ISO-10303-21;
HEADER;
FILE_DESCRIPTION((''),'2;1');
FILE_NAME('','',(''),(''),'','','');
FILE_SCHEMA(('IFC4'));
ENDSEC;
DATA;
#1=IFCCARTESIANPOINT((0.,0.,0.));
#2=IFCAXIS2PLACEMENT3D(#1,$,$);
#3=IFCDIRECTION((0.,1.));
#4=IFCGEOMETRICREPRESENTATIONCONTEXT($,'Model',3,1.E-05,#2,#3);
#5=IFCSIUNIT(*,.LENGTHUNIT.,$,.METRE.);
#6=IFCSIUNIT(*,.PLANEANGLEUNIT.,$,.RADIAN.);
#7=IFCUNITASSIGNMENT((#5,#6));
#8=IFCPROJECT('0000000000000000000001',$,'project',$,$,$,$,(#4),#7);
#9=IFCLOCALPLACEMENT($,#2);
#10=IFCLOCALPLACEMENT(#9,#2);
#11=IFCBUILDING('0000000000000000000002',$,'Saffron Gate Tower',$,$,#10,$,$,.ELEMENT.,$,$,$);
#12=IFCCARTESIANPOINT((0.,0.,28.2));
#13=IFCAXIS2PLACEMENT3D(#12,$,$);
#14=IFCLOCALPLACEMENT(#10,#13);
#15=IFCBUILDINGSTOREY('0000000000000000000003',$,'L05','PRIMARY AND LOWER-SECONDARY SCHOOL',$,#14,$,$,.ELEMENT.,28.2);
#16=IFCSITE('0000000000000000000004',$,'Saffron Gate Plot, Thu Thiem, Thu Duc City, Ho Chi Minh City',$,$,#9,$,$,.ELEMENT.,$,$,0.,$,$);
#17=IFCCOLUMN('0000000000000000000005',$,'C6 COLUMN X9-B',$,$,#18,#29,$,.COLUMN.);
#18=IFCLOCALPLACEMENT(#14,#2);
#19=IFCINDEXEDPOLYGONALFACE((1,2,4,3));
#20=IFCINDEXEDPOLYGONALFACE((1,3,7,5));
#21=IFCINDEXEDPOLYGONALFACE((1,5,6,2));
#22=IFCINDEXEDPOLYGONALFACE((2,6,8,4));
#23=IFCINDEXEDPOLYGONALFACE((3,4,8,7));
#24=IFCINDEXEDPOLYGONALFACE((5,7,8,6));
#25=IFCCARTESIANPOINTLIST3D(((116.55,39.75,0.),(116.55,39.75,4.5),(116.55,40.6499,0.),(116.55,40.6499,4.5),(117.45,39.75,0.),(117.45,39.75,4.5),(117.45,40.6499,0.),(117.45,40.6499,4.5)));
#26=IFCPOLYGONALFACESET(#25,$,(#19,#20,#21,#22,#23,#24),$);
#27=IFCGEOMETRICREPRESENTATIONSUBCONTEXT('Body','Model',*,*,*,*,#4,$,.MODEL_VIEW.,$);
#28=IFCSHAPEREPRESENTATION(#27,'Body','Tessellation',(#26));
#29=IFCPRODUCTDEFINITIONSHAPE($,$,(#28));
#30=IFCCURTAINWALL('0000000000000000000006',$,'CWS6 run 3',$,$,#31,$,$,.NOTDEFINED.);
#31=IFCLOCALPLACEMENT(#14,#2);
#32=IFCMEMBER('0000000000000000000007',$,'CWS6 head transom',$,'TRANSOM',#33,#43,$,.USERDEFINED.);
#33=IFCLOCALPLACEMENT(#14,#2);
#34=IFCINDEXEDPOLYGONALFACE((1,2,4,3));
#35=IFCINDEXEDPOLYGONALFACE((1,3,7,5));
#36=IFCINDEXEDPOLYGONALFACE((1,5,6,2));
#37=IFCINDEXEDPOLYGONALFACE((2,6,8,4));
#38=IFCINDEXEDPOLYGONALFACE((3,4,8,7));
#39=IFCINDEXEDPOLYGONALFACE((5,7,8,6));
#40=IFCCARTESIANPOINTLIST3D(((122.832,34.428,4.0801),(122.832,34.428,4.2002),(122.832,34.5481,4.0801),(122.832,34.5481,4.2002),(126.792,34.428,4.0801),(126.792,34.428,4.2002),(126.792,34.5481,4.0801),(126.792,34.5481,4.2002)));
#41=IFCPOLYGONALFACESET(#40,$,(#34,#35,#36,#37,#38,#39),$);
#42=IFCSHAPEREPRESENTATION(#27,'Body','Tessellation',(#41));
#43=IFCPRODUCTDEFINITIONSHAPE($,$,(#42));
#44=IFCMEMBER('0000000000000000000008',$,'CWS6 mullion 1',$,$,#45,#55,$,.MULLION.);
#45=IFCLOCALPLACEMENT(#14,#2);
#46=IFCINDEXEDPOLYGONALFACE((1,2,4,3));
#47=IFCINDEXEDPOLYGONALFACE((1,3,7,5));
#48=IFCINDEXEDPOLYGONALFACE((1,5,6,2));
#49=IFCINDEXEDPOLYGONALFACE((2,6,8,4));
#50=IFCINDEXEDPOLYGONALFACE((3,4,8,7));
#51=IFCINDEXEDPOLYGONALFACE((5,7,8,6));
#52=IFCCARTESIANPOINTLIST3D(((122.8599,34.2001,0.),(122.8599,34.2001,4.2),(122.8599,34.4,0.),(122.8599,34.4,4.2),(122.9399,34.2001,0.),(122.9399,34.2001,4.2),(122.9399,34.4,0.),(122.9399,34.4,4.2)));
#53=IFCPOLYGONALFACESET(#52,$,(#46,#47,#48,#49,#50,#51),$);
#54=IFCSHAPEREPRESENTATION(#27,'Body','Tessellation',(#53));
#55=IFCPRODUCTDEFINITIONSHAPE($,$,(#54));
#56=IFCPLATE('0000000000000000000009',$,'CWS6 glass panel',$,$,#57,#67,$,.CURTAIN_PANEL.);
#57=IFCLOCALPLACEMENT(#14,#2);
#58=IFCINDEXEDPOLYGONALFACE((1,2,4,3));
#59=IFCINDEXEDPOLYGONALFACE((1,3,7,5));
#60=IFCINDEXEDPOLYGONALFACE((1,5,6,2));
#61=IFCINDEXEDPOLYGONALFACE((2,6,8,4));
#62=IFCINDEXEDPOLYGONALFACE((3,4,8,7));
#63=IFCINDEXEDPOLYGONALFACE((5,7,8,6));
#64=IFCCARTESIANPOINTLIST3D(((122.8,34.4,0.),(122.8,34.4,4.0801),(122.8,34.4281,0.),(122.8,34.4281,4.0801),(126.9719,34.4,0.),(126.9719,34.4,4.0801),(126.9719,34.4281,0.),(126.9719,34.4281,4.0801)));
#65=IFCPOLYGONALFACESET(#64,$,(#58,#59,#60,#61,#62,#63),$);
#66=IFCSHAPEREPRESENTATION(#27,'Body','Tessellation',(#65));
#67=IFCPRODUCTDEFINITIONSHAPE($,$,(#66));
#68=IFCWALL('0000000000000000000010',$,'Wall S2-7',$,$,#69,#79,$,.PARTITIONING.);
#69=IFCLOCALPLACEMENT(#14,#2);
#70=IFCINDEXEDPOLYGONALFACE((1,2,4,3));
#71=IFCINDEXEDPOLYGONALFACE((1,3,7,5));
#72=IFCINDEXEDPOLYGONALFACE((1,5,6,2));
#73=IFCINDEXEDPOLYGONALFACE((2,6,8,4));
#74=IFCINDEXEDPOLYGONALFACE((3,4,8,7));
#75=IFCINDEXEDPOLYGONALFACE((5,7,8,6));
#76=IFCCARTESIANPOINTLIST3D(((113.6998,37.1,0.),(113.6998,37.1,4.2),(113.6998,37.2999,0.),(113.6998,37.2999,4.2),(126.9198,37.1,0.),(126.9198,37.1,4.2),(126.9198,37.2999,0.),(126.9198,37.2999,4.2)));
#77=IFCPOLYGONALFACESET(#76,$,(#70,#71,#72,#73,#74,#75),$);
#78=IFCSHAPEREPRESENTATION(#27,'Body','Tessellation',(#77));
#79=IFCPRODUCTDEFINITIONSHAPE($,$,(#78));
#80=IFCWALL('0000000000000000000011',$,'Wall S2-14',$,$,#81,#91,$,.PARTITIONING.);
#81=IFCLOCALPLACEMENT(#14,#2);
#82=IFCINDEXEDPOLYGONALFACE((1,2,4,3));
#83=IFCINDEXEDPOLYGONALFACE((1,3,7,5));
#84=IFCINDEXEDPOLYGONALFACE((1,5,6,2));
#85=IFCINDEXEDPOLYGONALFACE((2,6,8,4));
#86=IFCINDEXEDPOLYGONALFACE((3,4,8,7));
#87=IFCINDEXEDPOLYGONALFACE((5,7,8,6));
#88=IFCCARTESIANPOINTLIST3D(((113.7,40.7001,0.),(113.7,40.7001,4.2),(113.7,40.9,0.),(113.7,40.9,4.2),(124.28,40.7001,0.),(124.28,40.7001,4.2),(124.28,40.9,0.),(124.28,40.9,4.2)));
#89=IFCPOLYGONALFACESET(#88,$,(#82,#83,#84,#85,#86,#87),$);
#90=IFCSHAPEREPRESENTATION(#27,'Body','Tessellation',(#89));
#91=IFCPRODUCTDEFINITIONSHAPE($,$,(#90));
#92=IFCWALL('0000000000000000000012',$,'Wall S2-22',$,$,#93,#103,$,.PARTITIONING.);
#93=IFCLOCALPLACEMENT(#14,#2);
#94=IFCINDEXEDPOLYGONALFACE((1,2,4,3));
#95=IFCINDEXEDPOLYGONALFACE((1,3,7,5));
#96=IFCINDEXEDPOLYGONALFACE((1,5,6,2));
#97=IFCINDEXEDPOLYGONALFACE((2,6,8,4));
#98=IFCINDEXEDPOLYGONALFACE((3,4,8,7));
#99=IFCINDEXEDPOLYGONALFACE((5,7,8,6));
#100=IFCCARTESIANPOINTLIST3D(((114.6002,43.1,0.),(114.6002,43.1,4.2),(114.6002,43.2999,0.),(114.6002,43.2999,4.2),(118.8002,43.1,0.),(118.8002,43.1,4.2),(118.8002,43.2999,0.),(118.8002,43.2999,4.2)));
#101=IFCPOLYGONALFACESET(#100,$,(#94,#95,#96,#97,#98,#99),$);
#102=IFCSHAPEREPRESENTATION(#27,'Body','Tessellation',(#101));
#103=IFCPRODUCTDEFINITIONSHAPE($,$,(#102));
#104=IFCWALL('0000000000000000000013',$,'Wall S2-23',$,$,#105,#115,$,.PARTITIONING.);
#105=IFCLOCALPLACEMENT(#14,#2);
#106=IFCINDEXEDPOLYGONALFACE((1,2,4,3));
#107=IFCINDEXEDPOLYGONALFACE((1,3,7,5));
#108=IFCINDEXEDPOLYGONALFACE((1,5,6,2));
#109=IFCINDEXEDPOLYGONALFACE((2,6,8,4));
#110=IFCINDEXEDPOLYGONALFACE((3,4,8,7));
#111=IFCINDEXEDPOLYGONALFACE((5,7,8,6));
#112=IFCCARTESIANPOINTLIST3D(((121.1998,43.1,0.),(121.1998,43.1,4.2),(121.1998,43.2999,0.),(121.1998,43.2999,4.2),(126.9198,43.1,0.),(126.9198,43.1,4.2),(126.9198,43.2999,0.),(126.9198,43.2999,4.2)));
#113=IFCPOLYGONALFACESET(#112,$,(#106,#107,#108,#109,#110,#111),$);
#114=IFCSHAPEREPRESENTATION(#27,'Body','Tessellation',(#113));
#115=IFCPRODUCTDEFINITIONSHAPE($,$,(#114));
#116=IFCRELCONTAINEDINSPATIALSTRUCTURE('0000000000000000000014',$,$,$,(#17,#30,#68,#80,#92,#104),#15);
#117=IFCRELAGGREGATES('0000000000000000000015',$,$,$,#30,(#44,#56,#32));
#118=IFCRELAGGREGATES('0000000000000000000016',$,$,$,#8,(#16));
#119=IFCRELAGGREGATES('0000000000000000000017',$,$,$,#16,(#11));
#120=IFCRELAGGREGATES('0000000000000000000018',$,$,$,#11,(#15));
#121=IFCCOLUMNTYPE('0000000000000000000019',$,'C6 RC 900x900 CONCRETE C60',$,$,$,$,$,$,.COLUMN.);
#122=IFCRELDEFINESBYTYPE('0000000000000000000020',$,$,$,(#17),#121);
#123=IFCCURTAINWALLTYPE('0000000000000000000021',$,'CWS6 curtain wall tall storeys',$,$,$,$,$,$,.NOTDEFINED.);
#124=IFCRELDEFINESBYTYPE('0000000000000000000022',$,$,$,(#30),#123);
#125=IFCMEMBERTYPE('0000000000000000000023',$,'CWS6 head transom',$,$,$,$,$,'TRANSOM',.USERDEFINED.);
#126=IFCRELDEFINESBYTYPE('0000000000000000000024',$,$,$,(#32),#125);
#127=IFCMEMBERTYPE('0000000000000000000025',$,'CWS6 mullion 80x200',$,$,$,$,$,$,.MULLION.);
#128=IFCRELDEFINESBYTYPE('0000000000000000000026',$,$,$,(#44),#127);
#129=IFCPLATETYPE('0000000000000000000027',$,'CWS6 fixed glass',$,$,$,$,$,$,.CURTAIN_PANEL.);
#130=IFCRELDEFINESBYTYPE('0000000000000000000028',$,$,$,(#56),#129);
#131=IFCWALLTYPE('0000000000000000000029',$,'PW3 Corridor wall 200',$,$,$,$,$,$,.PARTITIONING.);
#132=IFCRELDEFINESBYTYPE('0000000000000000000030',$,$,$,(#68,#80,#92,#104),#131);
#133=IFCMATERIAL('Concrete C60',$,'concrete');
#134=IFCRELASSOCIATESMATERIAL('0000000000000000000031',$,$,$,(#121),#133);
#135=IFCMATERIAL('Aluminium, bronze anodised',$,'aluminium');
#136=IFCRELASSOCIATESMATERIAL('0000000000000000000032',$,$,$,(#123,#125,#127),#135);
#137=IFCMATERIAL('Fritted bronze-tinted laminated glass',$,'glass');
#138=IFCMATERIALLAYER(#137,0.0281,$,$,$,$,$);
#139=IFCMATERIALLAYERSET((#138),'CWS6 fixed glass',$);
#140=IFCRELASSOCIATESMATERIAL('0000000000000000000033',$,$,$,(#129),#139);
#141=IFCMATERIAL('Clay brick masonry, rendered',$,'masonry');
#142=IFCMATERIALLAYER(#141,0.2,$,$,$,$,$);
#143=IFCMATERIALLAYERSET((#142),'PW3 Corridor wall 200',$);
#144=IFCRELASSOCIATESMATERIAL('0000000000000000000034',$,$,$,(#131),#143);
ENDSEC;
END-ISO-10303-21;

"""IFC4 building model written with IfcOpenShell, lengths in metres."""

from ifc_helpers import new_model, si_unit, direction, frame, frame_2d, origin, origin_2d, place, context, subcontext, project, spatial, rectangle, extrude, material, layer, layer_set, material_profile, profile_set, type_object, element, aggregate, save


model = new_model("IFC4")

# Units and contexts
model_context = context("Model", 3, precision=1e-05, world=origin(), true_north=direction((0.0, 1.0)))
body_context = subcontext(model_context, "Body", "Model", "MODEL_VIEW")
ifc_project = project(units=[si_unit("LENGTHUNIT", "METRE"), si_unit("PLANEANGLEUNIT", "RADIAN")], contexts=[model_context])

# Site, building, storey
site_placement = place(None, origin())
site = spatial("IfcSite", under=ifc_project, at=site_placement, Name="Saffron Gate Plot, Thu Thiem, Thu Duc City, Ho Chi Minh City", CompositionType="ELEMENT", RefElevation=0.0)
building_placement = place(site_placement, origin())
building = spatial("IfcBuilding", under=site, at=building_placement, Name="Saffron Gate Tower", CompositionType="ELEMENT")
storey_placement = place(building_placement, frame((0.0, 0.0, 28.2)))
storey = spatial("IfcBuildingStorey", under=building, at=storey_placement, Name="L05", Description="PRIMARY AND LOWER-SECONDARY SCHOOL", CompositionType="ELEMENT", Elevation=28.2)

# Column
ifc_material_1 = material(Name="Concrete C60", Category="concrete")
ifc_material_profile_1 = material_profile(ifc_material_1, rectangle(XDim=0.8999, YDim=0.8999, at=origin_2d()))
ifc_profile_set_1 = profile_set([ifc_material_profile_1], Name="Concrete C60")
column_type = type_object("IfcColumnType", Name="C6 RC 900x900 CONCRETE C60", PredefinedType="COLUMN", material=ifc_profile_set_1)
column_placement = place(storey_placement, frame((117.0, 40.2, 0.0), z_axis=(0.0, 0.0, 1.0), x_axis=(1.0, 0.0, 0.0)))
element("IfcColumn", 1, at=column_placement, inside=storey, type_object=column_type, Name="C6 COLUMN X9-B", PredefinedType="COLUMN", context=body_context, shape_type="SweptSolid", body=[
    extrude(rectangle(XDim=0.8999, YDim=0.8999, at=origin_2d()), origin(), (0.0, 0.0, 1.0), 4.5),
])

# Curtain wall, members, plate
ifc_material_2 = material(Name="Aluminium, bronze anodised", Category="aluminium")
curtain_wall_type = type_object("IfcCurtainWallType", Name="CWS6 curtain wall tall storeys", PredefinedType="NOTDEFINED", material=ifc_material_2)
curtain_wall_placement = place(storey_placement, origin())
curtain_wall = element("IfcCurtainWall", 2, at=curtain_wall_placement, inside=storey, type_object=curtain_wall_type, Name="CWS6 run 3", PredefinedType="NOTDEFINED")
ifc_material_profile_2 = material_profile(ifc_material_2, rectangle(XDim=0.1201, YDim=0.1201, at=origin_2d()))
ifc_profile_set_2 = profile_set([ifc_material_profile_2], Name="Aluminium, bronze anodised")
member_type_1 = type_object("IfcMemberType", Name="CWS6 head transom", ElementType="TRANSOM", PredefinedType="USERDEFINED", material=ifc_profile_set_2)
member_1_placement = place(storey_placement, frame((122.832, 34.488, 4.1401), z_axis=(1.0, 0.0, 0.0), x_axis=(0.0, 1.0, 0.0)))
member_1 = element("IfcMember", 3, at=member_1_placement, type_object=member_type_1, Name="CWS6 head transom", ObjectType="TRANSOM", PredefinedType="USERDEFINED", context=body_context, shape_type="SweptSolid", body=[
    extrude(rectangle(XDim=0.1201, YDim=0.1201, at=origin_2d()), origin(), (0.0, 0.0, 1.0), 3.96),
])
ifc_material_profile_3 = material_profile(ifc_material_2, rectangle(XDim=0.2, YDim=0.0801, at=origin_2d()))
ifc_profile_set_3 = profile_set([ifc_material_profile_3], Name="Aluminium, bronze anodised")
member_type_2 = type_object("IfcMemberType", Name="CWS6 mullion 80x200", PredefinedType="MULLION", material=ifc_profile_set_3)
member_2_placement = place(storey_placement, frame((122.8999, 34.3, 0.0), z_axis=(0.0, 0.0, 1.0), x_axis=(0.0, 1.0, 0.0)))
member_2 = element("IfcMember", 4, at=member_2_placement, type_object=member_type_2, Name="CWS6 mullion 1", PredefinedType="MULLION", context=body_context, shape_type="SweptSolid", body=[
    extrude(rectangle(XDim=0.2, YDim=0.0801, at=origin_2d()), origin(), (0.0, 0.0, 1.0), 4.2),
])
ifc_material_3 = material(Name="Fritted bronze-tinted laminated glass", Category="glass")
ifc_layer_1 = layer(ifc_material_3, 0.0281)
ifc_layer_set_1 = layer_set([ifc_layer_1], Name="CWS6 fixed glass")
plate_type = type_object("IfcPlateType", Name="CWS6 fixed glass", PredefinedType="CURTAIN_PANEL", material=ifc_layer_set_1)
plate_placement = place(storey_placement, frame((122.8, 34.4141, 0.0), z_axis=(0.0, 0.0, 1.0), x_axis=(1.0, 0.0, 0.0)))
plate = element("IfcPlate", 5, at=plate_placement, type_object=plate_type, Name="CWS6 glass panel", PredefinedType="CURTAIN_PANEL", context=body_context, shape_type="SweptSolid", body=[
    extrude(rectangle(XDim=4.1719, YDim=0.0281, at=frame_2d((2.0859, 0.0))), origin(), (0.0, 0.0, 1.0), 4.0801),
])
aggregate(curtain_wall, [member_2, plate, member_1])

# Walls
ifc_material_4 = material(Name="Clay brick masonry, rendered", Category="masonry")
ifc_layer_2 = layer(ifc_material_4, 0.2)
ifc_layer_set_2 = layer_set([ifc_layer_2], Name="PW3 Corridor wall 200")
wall_type = type_object("IfcWallType", Name="PW3 Corridor wall 200", PredefinedType="PARTITIONING", material=ifc_layer_set_2)
wall_1_placement = place(storey_placement, frame((113.7, 37.2, 0.0), z_axis=(0.0, 0.0, 1.0), x_axis=(1.0, 0.0, 0.0)))
element("IfcWall", 6, at=wall_1_placement, inside=storey, type_object=wall_type, Name="Wall S2-7", PredefinedType="PARTITIONING", context=body_context, shape_type="SweptSolid", body=[
    extrude(rectangle(XDim=13.22, YDim=0.2, at=frame_2d((6.6099, 0.0))), origin(), (0.0, 0.0, 1.0), 4.2),
])
wall_2_placement = place(storey_placement, frame((113.7, 40.8, 0.0), z_axis=(0.0, 0.0, 1.0), x_axis=(1.0, 0.0, 0.0)))
element("IfcWall", 7, at=wall_2_placement, inside=storey, type_object=wall_type, Name="Wall S2-14", PredefinedType="PARTITIONING", context=body_context, shape_type="SweptSolid", body=[
    extrude(rectangle(XDim=10.5801, YDim=0.2, at=frame_2d((5.29, 0.0))), origin(), (0.0, 0.0, 1.0), 4.2),
])
wall_3_placement = place(storey_placement, frame((114.6001, 43.2, 0.0), z_axis=(0.0, 0.0, 1.0), x_axis=(1.0, 0.0, 0.0)))
element("IfcWall", 8, at=wall_3_placement, inside=storey, type_object=wall_type, Name="Wall S2-22", PredefinedType="PARTITIONING", context=body_context, shape_type="SweptSolid", body=[
    extrude(rectangle(XDim=4.2, YDim=0.2, at=frame_2d((2.1001, 0.0))), origin(), (0.0, 0.0, 1.0), 4.2),
])
wall_4_placement = place(storey_placement, frame((121.2, 43.2, 0.0), z_axis=(0.0, 0.0, 1.0), x_axis=(1.0, 0.0, 0.0)))
element("IfcWall", 9, at=wall_4_placement, inside=storey, type_object=wall_type, Name="Wall S2-23", PredefinedType="PARTITIONING", context=body_context, shape_type="SweptSolid", body=[
    extrude(rectangle(XDim=5.72, YDim=0.2, at=frame_2d((2.8599, 0.0))), origin(), (0.0, 0.0, 1.0), 4.2),
])

save(model, "model.ifc")
